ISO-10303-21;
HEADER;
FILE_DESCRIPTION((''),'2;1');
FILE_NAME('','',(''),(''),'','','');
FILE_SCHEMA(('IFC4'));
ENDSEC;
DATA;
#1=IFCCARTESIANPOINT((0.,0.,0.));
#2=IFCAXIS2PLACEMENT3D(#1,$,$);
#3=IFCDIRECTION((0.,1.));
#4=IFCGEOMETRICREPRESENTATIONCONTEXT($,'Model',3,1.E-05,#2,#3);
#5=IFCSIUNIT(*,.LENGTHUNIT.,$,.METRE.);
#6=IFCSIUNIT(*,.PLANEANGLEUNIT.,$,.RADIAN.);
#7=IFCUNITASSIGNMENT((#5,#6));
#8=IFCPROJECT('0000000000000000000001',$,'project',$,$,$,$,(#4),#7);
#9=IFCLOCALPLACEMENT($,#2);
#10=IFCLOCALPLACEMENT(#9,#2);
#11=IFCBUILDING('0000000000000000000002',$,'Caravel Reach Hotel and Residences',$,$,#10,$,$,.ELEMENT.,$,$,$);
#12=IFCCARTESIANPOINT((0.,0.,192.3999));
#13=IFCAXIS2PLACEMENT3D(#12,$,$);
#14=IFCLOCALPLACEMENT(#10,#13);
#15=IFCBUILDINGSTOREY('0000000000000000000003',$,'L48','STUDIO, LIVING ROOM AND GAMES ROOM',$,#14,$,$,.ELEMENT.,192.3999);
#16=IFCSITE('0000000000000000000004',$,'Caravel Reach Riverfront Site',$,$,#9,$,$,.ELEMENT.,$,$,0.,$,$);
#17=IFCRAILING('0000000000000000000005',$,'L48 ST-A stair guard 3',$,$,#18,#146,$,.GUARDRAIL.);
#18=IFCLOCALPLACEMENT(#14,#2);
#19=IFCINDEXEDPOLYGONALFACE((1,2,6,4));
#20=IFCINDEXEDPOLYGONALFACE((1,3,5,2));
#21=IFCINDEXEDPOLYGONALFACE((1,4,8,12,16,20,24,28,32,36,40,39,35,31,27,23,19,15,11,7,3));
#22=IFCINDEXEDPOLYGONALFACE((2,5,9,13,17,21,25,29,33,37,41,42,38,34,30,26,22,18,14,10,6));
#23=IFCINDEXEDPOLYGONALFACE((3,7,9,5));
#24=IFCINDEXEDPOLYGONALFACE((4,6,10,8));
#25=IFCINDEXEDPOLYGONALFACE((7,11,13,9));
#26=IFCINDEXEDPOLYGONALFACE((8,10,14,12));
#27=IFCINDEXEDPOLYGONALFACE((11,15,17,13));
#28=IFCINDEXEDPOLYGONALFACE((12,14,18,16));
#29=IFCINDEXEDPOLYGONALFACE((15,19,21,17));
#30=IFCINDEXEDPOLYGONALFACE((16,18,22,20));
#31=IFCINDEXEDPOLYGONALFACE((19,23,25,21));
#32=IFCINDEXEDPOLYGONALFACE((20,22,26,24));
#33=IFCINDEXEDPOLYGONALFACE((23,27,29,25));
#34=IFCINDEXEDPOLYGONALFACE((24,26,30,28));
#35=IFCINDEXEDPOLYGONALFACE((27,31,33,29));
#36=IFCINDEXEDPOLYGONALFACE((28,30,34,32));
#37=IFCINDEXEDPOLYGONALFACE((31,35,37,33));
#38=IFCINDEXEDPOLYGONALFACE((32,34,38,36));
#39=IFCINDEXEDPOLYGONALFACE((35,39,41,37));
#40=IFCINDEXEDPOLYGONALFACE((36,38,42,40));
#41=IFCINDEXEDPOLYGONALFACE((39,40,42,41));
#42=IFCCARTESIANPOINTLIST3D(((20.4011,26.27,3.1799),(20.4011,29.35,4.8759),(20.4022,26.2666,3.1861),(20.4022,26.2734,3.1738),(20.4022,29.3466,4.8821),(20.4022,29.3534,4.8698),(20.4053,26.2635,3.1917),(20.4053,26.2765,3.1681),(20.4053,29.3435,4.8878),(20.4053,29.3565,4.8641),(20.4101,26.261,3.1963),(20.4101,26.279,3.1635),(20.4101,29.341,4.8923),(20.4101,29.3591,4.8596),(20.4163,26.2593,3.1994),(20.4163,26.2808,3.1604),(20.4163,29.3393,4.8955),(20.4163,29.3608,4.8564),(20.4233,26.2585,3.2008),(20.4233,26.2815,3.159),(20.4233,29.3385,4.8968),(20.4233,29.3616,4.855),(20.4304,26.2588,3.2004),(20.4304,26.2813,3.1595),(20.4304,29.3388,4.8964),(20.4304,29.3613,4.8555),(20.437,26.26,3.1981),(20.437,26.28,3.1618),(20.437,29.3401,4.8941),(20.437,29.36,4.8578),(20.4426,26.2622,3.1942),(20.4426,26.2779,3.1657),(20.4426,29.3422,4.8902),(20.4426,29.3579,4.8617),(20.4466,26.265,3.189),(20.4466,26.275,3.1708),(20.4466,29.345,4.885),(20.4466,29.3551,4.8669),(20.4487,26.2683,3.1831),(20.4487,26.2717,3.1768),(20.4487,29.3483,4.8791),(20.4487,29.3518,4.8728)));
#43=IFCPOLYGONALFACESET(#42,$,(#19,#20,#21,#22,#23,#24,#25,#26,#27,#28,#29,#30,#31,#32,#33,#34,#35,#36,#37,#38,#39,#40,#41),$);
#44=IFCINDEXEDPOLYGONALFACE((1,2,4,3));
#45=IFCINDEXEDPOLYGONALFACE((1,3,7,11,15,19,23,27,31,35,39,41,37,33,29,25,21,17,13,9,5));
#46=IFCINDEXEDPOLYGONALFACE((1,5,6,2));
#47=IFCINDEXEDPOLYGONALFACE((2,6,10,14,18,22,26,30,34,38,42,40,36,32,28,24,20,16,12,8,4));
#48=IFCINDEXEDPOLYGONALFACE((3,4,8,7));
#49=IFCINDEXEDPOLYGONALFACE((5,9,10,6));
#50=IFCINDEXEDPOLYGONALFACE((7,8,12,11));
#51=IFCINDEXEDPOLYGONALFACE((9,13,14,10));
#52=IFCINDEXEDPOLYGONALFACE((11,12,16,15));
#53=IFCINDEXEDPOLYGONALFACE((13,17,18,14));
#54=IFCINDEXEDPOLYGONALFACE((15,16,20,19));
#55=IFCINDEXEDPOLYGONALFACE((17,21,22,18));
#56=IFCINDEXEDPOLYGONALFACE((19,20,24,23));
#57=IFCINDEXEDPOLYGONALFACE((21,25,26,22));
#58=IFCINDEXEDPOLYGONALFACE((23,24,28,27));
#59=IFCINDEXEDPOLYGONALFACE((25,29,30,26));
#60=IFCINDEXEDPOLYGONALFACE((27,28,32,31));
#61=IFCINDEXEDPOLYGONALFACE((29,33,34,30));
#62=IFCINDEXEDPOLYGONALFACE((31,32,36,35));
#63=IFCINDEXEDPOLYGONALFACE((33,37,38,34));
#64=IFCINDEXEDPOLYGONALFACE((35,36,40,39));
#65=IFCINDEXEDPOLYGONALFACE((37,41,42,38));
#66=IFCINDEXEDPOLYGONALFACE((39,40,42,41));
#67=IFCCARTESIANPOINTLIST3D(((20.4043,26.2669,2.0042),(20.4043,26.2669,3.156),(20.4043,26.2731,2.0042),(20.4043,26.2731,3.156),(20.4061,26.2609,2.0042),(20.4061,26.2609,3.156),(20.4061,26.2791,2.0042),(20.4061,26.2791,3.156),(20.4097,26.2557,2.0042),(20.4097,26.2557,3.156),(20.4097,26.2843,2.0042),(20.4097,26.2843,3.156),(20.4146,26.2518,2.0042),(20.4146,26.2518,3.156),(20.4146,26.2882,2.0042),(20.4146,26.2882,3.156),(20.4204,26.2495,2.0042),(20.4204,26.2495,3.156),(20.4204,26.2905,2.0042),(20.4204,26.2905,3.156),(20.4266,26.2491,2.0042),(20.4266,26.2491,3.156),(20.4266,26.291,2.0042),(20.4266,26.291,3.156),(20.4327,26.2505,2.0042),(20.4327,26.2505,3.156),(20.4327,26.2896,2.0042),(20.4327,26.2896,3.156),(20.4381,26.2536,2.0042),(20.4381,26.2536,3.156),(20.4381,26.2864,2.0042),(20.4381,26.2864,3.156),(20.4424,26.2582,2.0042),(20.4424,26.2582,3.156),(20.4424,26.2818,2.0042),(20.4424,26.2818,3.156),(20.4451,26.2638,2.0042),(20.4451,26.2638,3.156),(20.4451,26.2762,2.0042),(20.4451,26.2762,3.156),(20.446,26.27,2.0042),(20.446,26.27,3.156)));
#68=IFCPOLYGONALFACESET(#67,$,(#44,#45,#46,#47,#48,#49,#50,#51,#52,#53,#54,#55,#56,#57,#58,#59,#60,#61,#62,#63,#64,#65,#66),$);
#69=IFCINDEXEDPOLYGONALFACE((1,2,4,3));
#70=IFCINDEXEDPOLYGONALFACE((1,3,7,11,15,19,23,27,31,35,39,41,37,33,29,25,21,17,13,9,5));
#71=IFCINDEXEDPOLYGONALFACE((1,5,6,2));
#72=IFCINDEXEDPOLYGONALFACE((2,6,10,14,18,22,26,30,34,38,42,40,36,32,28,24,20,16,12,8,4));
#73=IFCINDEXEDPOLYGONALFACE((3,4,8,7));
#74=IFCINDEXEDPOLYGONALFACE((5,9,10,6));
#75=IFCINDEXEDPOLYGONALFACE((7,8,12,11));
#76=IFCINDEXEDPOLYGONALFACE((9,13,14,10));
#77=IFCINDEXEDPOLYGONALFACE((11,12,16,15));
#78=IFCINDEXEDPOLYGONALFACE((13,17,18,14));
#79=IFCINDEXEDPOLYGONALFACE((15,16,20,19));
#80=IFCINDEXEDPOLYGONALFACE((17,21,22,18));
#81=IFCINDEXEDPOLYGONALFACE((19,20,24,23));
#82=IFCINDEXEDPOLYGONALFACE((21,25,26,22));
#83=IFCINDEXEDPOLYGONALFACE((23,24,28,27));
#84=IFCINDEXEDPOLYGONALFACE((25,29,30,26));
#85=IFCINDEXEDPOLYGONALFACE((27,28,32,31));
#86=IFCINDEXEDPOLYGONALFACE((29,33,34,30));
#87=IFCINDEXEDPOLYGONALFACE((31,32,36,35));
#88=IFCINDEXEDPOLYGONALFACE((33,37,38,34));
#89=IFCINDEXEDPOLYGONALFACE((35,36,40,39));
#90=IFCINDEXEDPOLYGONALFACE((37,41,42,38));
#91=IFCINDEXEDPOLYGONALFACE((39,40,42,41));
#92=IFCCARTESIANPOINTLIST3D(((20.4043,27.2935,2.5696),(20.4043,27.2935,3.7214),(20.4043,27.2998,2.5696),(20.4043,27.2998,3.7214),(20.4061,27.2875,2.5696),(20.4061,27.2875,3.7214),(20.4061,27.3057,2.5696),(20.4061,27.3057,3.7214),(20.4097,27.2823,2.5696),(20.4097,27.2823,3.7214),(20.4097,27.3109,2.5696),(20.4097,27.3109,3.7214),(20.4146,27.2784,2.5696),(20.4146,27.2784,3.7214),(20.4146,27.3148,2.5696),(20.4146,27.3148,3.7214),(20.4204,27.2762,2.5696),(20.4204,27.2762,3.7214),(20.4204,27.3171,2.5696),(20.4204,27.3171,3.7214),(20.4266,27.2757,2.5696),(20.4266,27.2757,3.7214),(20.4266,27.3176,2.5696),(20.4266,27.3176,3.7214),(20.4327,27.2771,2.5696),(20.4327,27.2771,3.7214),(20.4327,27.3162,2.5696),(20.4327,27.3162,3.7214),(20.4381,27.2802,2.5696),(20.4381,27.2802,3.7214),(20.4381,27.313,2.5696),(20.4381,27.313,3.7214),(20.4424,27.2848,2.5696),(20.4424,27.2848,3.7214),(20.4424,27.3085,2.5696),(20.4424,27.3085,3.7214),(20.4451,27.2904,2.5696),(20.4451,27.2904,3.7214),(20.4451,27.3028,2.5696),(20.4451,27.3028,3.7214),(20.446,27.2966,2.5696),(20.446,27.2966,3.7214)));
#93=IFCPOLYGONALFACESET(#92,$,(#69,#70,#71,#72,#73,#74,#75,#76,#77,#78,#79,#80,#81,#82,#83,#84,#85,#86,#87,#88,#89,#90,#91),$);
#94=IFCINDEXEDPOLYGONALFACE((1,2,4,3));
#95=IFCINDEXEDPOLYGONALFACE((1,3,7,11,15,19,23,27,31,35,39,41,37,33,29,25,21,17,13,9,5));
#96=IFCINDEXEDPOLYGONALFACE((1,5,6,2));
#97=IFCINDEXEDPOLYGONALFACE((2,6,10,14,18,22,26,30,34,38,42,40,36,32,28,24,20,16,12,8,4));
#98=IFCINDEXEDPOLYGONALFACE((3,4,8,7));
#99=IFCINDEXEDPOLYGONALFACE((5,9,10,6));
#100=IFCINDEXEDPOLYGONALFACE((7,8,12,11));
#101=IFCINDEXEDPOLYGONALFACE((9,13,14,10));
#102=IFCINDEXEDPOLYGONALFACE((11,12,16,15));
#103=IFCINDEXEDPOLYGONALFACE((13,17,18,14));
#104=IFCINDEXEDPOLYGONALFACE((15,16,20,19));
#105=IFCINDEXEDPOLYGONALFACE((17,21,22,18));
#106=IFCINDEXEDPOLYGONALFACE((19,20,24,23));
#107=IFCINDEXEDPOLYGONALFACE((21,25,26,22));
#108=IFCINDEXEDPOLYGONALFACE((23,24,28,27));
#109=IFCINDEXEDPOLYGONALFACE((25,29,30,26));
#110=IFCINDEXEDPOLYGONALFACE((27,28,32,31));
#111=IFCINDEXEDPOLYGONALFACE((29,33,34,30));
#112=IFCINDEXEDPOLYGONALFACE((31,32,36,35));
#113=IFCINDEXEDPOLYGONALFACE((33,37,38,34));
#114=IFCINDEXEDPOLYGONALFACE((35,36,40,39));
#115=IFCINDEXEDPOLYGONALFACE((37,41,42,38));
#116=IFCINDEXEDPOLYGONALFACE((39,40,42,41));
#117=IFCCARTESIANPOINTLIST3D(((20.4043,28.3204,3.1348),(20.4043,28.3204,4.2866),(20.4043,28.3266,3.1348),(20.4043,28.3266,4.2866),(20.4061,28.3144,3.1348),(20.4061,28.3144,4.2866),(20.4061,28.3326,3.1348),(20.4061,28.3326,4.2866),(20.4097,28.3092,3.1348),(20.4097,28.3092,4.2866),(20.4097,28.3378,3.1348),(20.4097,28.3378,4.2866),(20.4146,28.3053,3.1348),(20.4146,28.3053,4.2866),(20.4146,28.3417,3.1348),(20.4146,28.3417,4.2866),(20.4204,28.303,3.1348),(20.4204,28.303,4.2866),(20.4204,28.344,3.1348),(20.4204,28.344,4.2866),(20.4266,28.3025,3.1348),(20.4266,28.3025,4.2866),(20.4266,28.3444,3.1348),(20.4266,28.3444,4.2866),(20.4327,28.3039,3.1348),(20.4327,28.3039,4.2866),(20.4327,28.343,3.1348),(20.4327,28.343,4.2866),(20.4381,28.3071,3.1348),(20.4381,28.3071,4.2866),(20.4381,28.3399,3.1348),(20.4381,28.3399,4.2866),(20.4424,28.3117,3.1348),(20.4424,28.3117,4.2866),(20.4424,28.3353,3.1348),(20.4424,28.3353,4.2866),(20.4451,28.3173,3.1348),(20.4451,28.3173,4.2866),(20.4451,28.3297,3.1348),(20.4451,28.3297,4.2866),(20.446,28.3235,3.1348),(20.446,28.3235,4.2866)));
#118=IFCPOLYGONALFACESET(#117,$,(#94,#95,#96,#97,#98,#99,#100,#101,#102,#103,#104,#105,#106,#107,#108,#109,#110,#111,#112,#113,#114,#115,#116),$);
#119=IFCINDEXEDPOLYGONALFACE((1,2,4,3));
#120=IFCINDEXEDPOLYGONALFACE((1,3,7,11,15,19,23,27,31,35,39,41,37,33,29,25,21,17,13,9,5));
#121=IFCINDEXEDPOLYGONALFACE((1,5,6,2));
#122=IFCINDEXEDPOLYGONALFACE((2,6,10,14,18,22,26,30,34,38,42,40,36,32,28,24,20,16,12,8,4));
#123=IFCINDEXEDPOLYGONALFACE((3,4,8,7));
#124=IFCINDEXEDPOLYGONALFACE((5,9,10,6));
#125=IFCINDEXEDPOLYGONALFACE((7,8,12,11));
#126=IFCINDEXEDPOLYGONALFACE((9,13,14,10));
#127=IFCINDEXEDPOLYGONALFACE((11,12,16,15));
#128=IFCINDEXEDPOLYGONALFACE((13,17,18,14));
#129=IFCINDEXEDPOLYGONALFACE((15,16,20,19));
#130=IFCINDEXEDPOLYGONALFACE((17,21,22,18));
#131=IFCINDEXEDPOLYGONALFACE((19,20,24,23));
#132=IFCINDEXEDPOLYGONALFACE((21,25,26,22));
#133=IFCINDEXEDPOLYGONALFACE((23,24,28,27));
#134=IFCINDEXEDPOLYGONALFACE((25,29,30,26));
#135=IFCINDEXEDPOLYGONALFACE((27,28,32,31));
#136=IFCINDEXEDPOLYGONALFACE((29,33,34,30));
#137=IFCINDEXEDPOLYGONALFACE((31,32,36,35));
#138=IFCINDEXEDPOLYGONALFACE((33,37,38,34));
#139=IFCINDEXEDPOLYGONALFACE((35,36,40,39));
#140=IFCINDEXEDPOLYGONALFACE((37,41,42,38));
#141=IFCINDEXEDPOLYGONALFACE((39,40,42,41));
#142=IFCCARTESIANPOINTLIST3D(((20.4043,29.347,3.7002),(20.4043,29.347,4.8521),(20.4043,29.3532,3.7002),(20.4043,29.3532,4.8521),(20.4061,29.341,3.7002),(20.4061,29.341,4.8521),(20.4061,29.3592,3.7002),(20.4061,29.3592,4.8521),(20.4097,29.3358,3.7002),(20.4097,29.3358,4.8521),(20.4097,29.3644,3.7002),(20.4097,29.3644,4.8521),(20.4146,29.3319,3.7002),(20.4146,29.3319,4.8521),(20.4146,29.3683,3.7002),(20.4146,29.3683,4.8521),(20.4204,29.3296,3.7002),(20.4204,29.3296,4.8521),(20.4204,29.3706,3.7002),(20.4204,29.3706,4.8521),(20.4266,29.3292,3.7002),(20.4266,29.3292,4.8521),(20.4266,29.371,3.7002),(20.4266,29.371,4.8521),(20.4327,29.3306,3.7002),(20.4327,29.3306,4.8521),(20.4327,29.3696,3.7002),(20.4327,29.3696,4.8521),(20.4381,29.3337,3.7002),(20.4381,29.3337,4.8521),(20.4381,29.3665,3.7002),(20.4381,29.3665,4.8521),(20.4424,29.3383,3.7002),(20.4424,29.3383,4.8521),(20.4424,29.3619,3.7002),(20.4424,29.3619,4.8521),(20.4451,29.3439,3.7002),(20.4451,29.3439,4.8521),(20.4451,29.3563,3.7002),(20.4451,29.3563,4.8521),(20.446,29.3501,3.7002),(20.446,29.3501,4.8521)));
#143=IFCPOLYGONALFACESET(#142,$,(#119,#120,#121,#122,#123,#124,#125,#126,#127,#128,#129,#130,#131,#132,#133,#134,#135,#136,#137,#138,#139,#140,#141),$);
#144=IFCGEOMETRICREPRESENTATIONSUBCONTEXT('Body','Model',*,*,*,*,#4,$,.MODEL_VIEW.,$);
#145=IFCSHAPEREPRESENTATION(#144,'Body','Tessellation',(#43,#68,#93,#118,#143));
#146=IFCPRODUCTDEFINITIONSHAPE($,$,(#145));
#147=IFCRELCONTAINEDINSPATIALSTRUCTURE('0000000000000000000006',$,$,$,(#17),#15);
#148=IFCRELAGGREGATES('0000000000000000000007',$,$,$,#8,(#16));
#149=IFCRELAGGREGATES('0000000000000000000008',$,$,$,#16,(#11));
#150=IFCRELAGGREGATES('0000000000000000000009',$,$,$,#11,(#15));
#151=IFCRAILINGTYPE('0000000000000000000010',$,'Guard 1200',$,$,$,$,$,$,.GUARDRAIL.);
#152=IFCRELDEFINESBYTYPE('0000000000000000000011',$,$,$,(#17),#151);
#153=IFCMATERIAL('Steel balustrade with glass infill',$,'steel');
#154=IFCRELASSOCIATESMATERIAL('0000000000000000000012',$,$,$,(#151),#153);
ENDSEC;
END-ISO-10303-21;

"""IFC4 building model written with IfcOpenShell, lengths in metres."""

from ifc_helpers import new_model, si_unit, direction, frame, origin, origin_2d, place, context, subcontext, project, spatial, circle, extrude, material, type_object, element, save


model = new_model("IFC4")

# Units and contexts
model_context = context("Model", 3, precision=1e-05, world=origin(), true_north=direction((0.0, 1.0)))
body_context = subcontext(model_context, "Body", "Model", "MODEL_VIEW")
ifc_project = project(units=[si_unit("LENGTHUNIT", "METRE"), si_unit("PLANEANGLEUNIT", "RADIAN")], contexts=[model_context])

# Site, building, storey
site_placement = place(None, origin())
site = spatial("IfcSite", under=ifc_project, at=site_placement, Name="Caravel Reach Riverfront Site", CompositionType="ELEMENT", RefElevation=0.0)
building_placement = place(site_placement, origin())
building = spatial("IfcBuilding", under=site, at=building_placement, Name="Caravel Reach Hotel and Residences", CompositionType="ELEMENT")
storey_placement = place(building_placement, frame((0.0, 0.0, 192.3999)))
storey = spatial("IfcBuildingStorey", under=building, at=storey_placement, Name="L48", Description="STUDIO, LIVING ROOM AND GAMES ROOM", CompositionType="ELEMENT", Elevation=192.3999)

# Railing
ifc_material_1 = material(Name="Steel balustrade with glass infill", Category="steel")
railing_type_1 = type_object("IfcRailingType", Name="Guard 1200", PredefinedType="GUARDRAIL", material=ifc_material_1)
railing_1_placement = place(storey_placement, frame((20.425, 26.27, 2.0042)))
element("IfcRailing", 1, at=railing_1_placement, inside=storey, type_object=railing_type_1, Name="L48 ST-A stair guard 3", PredefinedType="GUARDRAIL", context=body_context, shape_type="SweptSolid", body=[
    extrude(circle(Radius=0.0239, at=origin_2d()), frame((0.0, 0.0, 1.1758), z_axis=(0.0, 0.875975, 0.482356), x_axis=(-1.0, 0.0, 0.0)), (0.0, 0.0, 1.0), 3.5161),
    extrude(circle(Radius=0.021, at=origin_2d()), origin(), (0.0, 0.0, 1.0), 1.1519),
    extrude(circle(Radius=0.021, at=origin_2d()), frame((0.0, 1.0266, 0.5654)), (0.0, 0.0, 1.0), 1.1519),
    extrude(circle(Radius=0.021, at=origin_2d()), frame((0.0, 2.0535, 1.1306)), (0.0, 0.0, 1.0), 1.1519),
    extrude(circle(Radius=0.021, at=origin_2d()), frame((0.0, 3.0801, 1.696)), (0.0, 0.0, 1.0), 1.1519),
])

save(model, "model.ifc")
